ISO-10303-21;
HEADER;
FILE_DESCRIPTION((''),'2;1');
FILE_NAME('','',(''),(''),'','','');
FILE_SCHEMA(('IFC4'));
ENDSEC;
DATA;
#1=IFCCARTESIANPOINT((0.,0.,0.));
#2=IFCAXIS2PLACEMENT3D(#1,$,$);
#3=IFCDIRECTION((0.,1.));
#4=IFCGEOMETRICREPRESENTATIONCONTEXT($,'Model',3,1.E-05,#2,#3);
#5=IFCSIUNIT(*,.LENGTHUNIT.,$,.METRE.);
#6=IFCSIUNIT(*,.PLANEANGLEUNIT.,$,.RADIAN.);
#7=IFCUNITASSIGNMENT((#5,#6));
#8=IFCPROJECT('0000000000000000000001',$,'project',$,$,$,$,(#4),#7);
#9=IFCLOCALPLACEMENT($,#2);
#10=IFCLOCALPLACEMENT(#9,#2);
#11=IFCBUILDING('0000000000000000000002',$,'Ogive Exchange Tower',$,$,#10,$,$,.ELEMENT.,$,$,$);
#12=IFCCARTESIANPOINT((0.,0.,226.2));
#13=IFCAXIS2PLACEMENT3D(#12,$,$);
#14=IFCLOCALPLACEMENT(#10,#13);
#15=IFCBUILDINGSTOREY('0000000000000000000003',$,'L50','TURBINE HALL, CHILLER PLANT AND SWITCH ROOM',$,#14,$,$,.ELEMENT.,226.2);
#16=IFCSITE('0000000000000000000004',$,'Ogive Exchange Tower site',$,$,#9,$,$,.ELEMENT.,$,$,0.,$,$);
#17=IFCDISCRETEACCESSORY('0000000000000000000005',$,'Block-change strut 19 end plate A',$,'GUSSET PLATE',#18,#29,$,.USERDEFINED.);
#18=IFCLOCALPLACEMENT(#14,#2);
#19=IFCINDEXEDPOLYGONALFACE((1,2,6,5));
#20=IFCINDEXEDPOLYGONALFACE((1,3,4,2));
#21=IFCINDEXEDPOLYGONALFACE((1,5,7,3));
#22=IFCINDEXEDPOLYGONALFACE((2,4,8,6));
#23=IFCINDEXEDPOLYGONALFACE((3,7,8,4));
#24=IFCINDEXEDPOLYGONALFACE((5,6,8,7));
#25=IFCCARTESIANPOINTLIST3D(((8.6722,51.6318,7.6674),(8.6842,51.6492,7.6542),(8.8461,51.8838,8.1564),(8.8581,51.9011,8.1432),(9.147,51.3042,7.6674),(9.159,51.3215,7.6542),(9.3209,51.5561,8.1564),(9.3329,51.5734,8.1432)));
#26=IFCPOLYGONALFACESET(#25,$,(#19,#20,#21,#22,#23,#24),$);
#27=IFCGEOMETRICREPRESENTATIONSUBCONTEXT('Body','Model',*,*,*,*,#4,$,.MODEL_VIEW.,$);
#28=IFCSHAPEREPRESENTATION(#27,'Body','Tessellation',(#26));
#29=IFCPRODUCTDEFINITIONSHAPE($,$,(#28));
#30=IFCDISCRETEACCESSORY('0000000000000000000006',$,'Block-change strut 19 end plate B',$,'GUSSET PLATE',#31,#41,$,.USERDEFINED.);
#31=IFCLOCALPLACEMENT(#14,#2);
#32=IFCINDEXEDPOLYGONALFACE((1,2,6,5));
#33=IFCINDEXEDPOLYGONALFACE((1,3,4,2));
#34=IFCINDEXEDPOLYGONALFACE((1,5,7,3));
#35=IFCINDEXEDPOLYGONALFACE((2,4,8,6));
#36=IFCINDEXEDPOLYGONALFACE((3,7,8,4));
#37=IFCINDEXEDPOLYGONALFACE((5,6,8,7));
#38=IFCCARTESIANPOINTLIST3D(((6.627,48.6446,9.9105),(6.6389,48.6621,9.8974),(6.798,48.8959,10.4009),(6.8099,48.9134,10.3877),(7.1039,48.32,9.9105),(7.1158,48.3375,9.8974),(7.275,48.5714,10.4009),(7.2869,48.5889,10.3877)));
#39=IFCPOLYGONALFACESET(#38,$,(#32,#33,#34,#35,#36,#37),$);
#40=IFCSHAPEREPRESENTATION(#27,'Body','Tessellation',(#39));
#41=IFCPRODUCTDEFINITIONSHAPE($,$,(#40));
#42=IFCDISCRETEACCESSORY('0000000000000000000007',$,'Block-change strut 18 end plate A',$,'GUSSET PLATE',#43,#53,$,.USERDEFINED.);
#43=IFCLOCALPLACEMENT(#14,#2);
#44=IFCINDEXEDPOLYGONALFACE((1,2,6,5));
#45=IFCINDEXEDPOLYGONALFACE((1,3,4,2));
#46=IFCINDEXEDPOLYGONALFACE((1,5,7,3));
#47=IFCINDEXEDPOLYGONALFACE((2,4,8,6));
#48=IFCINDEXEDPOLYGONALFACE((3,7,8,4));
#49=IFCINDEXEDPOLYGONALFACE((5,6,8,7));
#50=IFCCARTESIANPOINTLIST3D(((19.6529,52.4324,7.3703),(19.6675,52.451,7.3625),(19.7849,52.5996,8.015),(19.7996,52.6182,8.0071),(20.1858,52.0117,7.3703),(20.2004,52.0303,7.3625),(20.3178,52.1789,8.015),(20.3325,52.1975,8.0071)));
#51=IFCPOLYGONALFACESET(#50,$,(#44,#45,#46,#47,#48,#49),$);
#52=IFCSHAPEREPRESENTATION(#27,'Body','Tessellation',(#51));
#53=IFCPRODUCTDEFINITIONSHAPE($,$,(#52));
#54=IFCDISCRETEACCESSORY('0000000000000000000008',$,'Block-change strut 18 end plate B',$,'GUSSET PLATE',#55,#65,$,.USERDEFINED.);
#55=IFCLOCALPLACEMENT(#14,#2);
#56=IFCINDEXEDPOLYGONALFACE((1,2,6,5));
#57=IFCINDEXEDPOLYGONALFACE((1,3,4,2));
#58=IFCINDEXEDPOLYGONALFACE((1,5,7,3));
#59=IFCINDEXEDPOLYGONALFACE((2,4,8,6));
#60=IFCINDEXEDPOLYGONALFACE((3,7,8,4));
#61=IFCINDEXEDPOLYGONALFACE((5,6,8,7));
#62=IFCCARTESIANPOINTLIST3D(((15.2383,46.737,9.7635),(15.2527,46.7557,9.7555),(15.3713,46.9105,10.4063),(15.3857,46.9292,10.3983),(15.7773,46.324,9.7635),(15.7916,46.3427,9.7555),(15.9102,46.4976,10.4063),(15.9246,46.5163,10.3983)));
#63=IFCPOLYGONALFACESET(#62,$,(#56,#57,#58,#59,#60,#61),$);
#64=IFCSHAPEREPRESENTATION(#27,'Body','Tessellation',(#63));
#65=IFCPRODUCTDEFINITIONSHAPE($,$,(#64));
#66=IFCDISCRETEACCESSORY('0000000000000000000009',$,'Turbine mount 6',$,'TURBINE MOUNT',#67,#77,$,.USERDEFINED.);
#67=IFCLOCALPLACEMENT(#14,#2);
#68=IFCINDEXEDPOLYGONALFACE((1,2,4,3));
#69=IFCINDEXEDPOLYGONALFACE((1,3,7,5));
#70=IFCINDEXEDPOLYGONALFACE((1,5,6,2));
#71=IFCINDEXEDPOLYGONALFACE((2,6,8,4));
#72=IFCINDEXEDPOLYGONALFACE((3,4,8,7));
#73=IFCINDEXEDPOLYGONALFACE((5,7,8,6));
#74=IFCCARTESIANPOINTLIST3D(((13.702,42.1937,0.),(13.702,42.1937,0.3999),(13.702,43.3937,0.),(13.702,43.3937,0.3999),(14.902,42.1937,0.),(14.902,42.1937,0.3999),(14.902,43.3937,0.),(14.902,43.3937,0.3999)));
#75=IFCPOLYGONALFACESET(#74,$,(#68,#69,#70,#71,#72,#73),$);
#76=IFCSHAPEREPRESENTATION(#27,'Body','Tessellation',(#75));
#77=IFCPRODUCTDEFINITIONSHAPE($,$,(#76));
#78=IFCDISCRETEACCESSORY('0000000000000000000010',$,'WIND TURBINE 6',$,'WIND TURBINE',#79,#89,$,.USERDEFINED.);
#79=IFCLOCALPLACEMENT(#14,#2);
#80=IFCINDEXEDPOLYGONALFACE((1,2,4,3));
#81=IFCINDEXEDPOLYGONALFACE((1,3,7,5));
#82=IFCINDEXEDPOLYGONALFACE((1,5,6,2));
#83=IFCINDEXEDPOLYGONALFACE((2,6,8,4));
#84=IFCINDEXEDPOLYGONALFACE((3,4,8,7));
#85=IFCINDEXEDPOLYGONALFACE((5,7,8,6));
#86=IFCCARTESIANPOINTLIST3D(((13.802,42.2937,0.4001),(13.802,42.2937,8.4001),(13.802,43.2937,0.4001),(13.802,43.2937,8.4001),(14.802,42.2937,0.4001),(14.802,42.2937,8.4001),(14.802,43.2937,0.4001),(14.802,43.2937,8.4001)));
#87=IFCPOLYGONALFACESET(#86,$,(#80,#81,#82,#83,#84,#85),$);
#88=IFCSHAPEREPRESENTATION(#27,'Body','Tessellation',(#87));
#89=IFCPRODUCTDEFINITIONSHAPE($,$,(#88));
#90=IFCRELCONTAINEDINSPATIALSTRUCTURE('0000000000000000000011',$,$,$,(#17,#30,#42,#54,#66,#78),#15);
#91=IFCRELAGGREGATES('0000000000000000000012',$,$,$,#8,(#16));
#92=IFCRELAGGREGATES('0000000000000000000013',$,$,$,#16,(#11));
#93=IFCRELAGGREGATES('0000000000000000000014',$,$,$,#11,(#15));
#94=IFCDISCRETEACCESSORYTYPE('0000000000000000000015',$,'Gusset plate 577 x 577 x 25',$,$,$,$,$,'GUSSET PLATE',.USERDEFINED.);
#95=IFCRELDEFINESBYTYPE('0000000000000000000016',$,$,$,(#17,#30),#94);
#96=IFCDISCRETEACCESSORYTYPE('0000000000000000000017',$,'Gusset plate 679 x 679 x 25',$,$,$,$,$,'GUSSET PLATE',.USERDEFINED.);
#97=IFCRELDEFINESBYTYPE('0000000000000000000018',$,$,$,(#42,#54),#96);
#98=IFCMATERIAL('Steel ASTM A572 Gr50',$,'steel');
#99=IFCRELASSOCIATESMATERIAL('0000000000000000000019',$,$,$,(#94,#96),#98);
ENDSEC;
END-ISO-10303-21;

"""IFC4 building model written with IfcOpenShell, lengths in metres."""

from ifc_helpers import new_model, si_unit, direction, frame, origin, origin_2d, place, context, subcontext, project, spatial, rectangle, extrude, material, material_profile, profile_set, type_object, element, save


model = new_model("IFC4")

# Units and contexts
model_context = context("Model", 3, precision=1e-05, world=origin(), true_north=direction((0.0, 1.0)))
body_context = subcontext(model_context, "Body", "Model", "MODEL_VIEW")
ifc_project = project(units=[si_unit("LENGTHUNIT", "METRE"), si_unit("PLANEANGLEUNIT", "RADIAN")], contexts=[model_context])

# Site, building, storey
site_placement = place(None, origin())
site = spatial("IfcSite", under=ifc_project, at=site_placement, Name="Ogive Exchange Tower site", CompositionType="ELEMENT", RefElevation=0.0)
building_placement = place(site_placement, origin())
building = spatial("IfcBuilding", under=site, at=building_placement, Name="Ogive Exchange Tower", CompositionType="ELEMENT")
storey_placement = place(building_placement, frame((0.0, 0.0, 226.2)))
storey = spatial("IfcBuildingStorey", under=building, at=storey_placement, Name="L50", Description="TURBINE HALL, CHILLER PLANT AND SWITCH ROOM", CompositionType="ELEMENT", Elevation=226.2)

# Discrete accessories
ifc_material_1 = material(Name="Steel ASTM A572 Gr50", Category="steel")
ifc_material_profile_1 = material_profile(ifc_material_1, rectangle(XDim=0.5769, YDim=0.5769, at=origin_2d()), Name="PL 577 x 577 x 25")
ifc_profile_set_1 = profile_set([ifc_material_profile_1], Name="Steel ASTM A572 Gr50")
discrete_accessory_type_1 = type_object("IfcDiscreteAccessoryType", Name="Gusset plate 577 x 577 x 25", ElementType="GUSSET PLATE", PredefinedType="USERDEFINED", material=ifc_profile_set_1)
for number, where, z_axis, x_axis, name in (
    (1, (9.0085, 51.6113, 7.8987), (-0.481458, -0.697622, 0.530586), (0.823026, -0.568004, 0.0), "Block-change strut 19 end plate A"),
    (2, (6.9629, 48.6255, 10.1426), (-0.478168, -0.702615, 0.526961), (0.826713, -0.562624, 0.0), "Block-change strut 19 end plate B"),
):
    element("IfcDiscreteAccessory", number, at=place(storey_placement, frame(where, z_axis=z_axis, x_axis=x_axis)), inside=storey, type_object=discrete_accessory_type_1, Name=name, ObjectType="GUSSET PLATE", PredefinedType="USERDEFINED", context=body_context, shape_type="SweptSolid", body=[
        extrude(rectangle(XDim=0.5769, YDim=0.5769, at=origin_2d()), origin(), (0.0, 0.0, 1.0), 0.0249),
    ])
ifc_material_profile_2 = material_profile(ifc_material_1, rectangle(XDim=0.679, YDim=0.679, at=origin_2d()), Name="PL 679 x 679 x 25")
ifc_profile_set_2 = profile_set([ifc_material_profile_2], Name="Steel ASTM A572 Gr50")
discrete_accessory_type_2 = type_object("IfcDiscreteAccessoryType", Name="Gusset plate 679 x 679 x 25", ElementType="GUSSET PLATE", PredefinedType="USERDEFINED", material=ifc_profile_set_2)
for number, where, z_axis, x_axis, name in (
    (3, (20.0, 52.3242, 7.6848), (-0.588348, -0.745241, 0.313786), (0.784883, -0.619644, 0.0), "Block-change strut 18 end plate A"),
    (4, (15.5886, 46.636, 10.0769), (-0.575808, -0.751479, 0.322062), (0.793772, -0.608215, 0.0), "Block-change strut 18 end plate B"),
):
    element("IfcDiscreteAccessory", number, at=place(storey_placement, frame(where, z_axis=z_axis, x_axis=x_axis)), inside=storey, type_object=discrete_accessory_type_2, Name=name, ObjectType="GUSSET PLATE", PredefinedType="USERDEFINED", context=body_context, shape_type="SweptSolid", body=[
        extrude(rectangle(XDim=0.679, YDim=0.679, at=origin_2d()), origin(), (0.0, 0.0, 1.0), 0.0249),
    ])
discrete_accessory_1_placement = place(storey_placement, frame((14.302, 42.7937, 0.0), z_axis=(0.0, 0.0, 1.0), x_axis=(1.0, 0.0, 0.0)))
element("IfcDiscreteAccessory", 5, at=discrete_accessory_1_placement, inside=storey, Name="Turbine mount 6", ObjectType="TURBINE MOUNT", PredefinedType="USERDEFINED", context=body_context, shape_type="SweptSolid", body=[
    extrude(rectangle(XDim=1.2, YDim=1.2, at=origin_2d()), origin(), (0.0, 0.0, 1.0), 0.3999),
])
discrete_accessory_2_placement = place(storey_placement, frame((14.302, 42.7937, 0.4001), z_axis=(0.0, 0.0, 1.0), x_axis=(1.0, 0.0, 0.0)))
element("IfcDiscreteAccessory", 6, at=discrete_accessory_2_placement, inside=storey, Name="WIND TURBINE 6", ObjectType="WIND TURBINE", PredefinedType="USERDEFINED", context=body_context, shape_type="SweptSolid", body=[
    extrude(rectangle(XDim=1.0, YDim=1.0, at=origin_2d()), origin(), (0.0, 0.0, 1.0), 8.0),
])

save(model, "model.ifc")
